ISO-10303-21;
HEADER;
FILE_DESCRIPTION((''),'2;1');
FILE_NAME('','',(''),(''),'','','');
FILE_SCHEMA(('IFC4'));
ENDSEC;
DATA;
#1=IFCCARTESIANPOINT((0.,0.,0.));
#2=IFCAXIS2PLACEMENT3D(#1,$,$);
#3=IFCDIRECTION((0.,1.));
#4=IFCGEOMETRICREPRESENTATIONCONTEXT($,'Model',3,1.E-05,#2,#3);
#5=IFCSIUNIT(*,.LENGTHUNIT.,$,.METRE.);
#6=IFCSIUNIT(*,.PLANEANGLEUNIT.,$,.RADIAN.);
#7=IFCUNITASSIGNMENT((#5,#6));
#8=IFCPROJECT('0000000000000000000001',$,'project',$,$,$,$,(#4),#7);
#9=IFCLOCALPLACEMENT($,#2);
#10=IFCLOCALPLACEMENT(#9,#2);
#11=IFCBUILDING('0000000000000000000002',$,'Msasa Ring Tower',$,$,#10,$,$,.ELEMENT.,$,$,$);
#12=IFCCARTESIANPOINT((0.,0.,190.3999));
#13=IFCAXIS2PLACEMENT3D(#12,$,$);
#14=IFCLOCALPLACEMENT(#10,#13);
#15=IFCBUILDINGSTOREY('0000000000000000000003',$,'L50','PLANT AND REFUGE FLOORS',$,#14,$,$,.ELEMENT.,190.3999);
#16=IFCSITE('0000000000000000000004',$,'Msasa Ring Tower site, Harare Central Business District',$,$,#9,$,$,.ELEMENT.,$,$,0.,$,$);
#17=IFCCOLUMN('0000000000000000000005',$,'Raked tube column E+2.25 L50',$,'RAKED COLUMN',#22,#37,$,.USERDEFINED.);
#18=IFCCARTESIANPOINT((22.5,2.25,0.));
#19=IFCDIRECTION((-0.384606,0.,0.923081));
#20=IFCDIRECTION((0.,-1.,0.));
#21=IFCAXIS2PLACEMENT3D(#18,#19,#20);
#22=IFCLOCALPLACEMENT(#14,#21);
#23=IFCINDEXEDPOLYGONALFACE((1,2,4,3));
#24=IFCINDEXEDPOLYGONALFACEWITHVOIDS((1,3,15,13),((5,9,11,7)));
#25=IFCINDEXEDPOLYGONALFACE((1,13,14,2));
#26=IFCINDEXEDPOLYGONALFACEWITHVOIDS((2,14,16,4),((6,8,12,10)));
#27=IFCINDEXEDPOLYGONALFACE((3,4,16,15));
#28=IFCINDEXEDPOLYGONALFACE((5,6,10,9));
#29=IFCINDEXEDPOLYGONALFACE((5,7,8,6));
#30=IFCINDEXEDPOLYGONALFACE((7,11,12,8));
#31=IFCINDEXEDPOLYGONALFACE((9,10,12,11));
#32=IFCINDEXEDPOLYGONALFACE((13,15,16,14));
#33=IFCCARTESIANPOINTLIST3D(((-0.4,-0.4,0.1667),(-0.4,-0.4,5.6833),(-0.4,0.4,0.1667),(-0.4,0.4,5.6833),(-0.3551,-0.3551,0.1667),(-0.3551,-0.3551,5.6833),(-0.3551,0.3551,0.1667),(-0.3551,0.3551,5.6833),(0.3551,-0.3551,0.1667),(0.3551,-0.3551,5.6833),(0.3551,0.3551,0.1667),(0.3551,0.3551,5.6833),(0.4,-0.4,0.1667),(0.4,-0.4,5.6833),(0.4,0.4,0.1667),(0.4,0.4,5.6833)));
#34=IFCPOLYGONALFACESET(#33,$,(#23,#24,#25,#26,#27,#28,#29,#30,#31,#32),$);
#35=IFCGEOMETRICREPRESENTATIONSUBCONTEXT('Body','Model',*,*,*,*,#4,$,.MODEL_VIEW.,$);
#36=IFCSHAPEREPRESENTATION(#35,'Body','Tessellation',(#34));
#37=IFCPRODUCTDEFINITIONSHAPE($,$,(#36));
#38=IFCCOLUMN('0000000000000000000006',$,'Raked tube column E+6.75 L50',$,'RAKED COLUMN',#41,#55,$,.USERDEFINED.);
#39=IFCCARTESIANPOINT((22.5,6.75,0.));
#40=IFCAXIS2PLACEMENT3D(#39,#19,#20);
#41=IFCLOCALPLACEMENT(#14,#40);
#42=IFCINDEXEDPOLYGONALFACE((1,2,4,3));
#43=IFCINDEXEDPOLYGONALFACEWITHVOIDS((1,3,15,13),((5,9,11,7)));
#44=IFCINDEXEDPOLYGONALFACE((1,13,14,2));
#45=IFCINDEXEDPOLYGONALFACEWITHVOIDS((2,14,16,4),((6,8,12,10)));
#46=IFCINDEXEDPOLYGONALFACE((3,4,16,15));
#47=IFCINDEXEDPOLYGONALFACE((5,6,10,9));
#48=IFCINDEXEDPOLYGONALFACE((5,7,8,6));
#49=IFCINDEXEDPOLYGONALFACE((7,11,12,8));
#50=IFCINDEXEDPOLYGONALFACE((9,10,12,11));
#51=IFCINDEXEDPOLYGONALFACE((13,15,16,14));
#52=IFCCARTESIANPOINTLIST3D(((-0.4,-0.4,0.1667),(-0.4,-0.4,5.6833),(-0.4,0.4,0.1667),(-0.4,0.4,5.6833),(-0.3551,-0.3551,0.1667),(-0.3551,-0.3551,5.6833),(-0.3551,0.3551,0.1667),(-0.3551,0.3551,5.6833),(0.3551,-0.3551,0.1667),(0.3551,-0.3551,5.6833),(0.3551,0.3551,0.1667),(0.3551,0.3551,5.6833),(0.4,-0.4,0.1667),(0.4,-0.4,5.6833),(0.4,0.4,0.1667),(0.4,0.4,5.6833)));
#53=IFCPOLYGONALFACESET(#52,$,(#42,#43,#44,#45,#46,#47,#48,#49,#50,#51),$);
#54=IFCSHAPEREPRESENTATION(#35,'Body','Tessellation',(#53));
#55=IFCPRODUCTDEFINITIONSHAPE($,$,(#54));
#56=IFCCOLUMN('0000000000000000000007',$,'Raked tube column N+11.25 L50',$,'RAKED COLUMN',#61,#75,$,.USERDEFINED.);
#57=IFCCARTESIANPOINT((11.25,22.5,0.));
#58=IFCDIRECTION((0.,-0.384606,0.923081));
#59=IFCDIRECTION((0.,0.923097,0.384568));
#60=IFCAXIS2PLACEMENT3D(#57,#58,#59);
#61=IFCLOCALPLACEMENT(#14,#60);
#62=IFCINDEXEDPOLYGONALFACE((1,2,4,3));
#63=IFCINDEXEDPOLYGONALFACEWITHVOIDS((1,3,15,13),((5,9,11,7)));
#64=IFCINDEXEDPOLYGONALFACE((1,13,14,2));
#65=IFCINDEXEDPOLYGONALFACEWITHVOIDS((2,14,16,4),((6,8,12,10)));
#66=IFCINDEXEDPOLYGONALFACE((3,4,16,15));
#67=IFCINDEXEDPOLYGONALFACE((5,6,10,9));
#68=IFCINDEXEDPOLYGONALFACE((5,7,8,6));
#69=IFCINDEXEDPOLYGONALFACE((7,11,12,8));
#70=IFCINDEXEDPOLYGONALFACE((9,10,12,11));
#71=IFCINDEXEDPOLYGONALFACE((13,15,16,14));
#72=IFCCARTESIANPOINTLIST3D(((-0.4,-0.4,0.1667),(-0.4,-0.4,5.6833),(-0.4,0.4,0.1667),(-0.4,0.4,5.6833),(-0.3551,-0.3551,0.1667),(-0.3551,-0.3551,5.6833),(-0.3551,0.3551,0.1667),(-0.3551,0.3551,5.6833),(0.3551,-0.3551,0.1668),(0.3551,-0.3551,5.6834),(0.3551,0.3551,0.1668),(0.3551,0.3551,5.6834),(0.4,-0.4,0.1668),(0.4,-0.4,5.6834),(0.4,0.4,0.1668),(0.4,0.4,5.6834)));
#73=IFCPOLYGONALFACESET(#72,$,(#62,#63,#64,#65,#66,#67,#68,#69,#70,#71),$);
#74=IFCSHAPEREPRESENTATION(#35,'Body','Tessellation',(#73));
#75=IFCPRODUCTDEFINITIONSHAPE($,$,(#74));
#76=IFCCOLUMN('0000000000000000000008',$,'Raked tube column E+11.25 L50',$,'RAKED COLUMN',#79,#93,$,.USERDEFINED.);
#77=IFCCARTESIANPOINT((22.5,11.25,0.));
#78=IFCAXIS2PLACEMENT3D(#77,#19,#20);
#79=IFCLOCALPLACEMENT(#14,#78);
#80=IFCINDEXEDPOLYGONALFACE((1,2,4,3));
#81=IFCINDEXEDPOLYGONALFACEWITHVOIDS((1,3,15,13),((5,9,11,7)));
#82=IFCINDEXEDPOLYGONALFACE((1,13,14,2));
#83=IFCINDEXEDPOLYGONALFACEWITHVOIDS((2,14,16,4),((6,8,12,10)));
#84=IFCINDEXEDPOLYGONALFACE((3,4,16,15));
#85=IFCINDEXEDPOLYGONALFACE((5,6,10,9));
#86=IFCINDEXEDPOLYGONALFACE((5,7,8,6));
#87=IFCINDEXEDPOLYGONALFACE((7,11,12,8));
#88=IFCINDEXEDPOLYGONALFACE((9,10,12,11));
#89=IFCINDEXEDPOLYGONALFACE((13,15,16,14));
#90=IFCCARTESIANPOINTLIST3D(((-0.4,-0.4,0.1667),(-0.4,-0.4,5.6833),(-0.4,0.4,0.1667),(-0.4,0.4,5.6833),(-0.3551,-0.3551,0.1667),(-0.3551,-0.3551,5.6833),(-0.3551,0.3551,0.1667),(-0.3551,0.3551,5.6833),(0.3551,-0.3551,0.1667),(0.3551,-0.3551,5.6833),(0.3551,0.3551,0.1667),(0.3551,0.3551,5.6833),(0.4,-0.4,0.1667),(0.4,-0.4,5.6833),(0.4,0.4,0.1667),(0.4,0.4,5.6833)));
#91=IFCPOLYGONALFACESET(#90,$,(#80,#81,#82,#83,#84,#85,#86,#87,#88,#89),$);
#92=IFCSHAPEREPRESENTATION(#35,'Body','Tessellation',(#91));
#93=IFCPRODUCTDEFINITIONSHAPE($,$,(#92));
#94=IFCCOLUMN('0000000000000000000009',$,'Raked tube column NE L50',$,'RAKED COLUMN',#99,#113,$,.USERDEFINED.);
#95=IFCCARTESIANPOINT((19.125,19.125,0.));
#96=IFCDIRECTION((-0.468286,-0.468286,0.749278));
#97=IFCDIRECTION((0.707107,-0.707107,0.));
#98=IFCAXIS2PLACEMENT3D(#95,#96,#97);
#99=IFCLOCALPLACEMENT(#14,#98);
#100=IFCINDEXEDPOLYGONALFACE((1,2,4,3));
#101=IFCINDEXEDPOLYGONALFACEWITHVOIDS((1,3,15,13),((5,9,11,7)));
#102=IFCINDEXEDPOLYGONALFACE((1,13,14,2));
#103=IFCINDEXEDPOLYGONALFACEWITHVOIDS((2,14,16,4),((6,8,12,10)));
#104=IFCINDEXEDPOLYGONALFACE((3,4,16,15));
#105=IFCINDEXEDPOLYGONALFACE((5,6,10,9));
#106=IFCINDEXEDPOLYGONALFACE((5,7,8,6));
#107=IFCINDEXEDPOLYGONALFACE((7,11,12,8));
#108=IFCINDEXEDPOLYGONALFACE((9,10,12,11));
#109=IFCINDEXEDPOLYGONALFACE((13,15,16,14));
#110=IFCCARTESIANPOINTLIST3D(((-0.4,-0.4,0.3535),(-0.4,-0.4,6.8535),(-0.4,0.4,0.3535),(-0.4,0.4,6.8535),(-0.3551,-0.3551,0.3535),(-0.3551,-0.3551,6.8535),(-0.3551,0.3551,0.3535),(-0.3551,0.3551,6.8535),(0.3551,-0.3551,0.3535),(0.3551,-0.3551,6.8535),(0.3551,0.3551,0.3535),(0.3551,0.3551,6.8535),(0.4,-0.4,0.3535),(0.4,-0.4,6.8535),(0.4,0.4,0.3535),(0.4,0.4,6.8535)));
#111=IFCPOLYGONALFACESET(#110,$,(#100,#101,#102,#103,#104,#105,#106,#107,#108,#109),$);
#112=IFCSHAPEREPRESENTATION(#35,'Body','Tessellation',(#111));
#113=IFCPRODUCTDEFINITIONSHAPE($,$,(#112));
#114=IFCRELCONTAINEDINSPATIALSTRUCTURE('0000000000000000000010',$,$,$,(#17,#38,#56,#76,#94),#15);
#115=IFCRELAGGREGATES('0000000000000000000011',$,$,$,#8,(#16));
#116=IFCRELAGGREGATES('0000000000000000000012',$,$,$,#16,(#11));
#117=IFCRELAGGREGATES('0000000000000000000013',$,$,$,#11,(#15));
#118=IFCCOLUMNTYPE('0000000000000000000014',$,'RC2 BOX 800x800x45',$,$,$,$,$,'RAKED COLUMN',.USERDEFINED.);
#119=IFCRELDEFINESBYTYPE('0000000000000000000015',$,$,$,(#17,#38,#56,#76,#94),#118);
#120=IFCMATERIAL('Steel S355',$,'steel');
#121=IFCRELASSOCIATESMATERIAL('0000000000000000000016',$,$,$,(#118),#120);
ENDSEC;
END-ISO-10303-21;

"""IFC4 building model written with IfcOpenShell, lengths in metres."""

from ifc_helpers import new_model, si_unit, direction, frame, origin, origin_2d, place, context, subcontext, project, spatial, hollow_rectangle, extrude, clip, halfspace, material, material_profile, profile_set, type_object, element, save


model = new_model("IFC4")

# Units and contexts
model_context = context("Model", 3, precision=1e-05, world=origin(), true_north=direction((0.0, 1.0)))
body_context = subcontext(model_context, "Body", "Model", "MODEL_VIEW")
ifc_project = project(units=[si_unit("LENGTHUNIT", "METRE"), si_unit("PLANEANGLEUNIT", "RADIAN")], contexts=[model_context])

# Site, building, storey
site_placement = place(None, origin())
site = spatial("IfcSite", under=ifc_project, at=site_placement, Name="Msasa Ring Tower site, Harare Central Business District", CompositionType="ELEMENT", RefElevation=0.0)
building_placement = place(site_placement, origin())
building = spatial("IfcBuilding", under=site, at=building_placement, Name="Msasa Ring Tower", CompositionType="ELEMENT")
storey_placement = place(building_placement, frame((0.0, 0.0, 190.3999)))
storey = spatial("IfcBuildingStorey", under=building, at=storey_placement, Name="L50", Description="PLANT AND REFUGE FLOORS", CompositionType="ELEMENT", Elevation=190.3999)

# Columns
ifc_material_1 = material(Name="Steel S355", Category="steel")
ifc_material_profile_1 = material_profile(ifc_material_1, hollow_rectangle(XDim=0.8, YDim=0.8, WallThickness=0.0449, at=origin_2d()), Name="BOX 800x800x45")
ifc_profile_set_1 = profile_set([ifc_material_profile_1], Name="Steel S355")
column_type = type_object("IfcColumnType", Name="RC2 BOX 800x800x45", ElementType="RAKED COLUMN", PredefinedType="USERDEFINED", material=ifc_profile_set_1)
for number, where, z_axis, x_axis, name in (
    (1, (22.5, 2.25, 0.0), (-0.384606, 0.0, 0.923081), (0.0, -1.0, 0.0), "Raked tube column E+2.25 L50"),
    (2, (22.5, 6.75, 0.0), (-0.384606, 0.0, 0.923081), (0.0, -1.0, 0.0), "Raked tube column E+6.75 L50"),
    (3, (11.25, 22.5, 0.0), (0.0, -0.384606, 0.923081), (0.0, 0.923097, 0.384568), "Raked tube column N+11.25 L50"),
    (4, (22.5, 11.25, 0.0), (-0.384606, 0.0, 0.923081), (0.0, -1.0, 0.0), "Raked tube column E+11.25 L50"),
):
    element("IfcColumn", number, at=place(storey_placement, frame(where, z_axis=z_axis, x_axis=x_axis)), inside=storey, type_object=column_type, Name=name, ObjectType="RAKED COLUMN", PredefinedType="USERDEFINED", context=body_context, shape_type="Clipping", body=[
        clip(clip(extrude(hollow_rectangle(XDim=0.8, YDim=0.8, WallThickness=0.0449, at=origin_2d()), origin(), (0.0, 0.0, 1.0), 5.8501), halfspace(frame((0.0, 0.0, 0.1667), z_axis=(0.0, 0.0, 1.0)), True)), halfspace(frame((0.0, 0.0, 5.6833), z_axis=(0.0, 0.0, -1.0)), True)),
    ])
column_placement = place(storey_placement, frame((19.125, 19.125, 0.0), z_axis=(-0.468286, -0.468286, 0.749278), x_axis=(0.707107, -0.707107, 0.0)))
element("IfcColumn", 5, at=column_placement, inside=storey, type_object=column_type, Name="Raked tube column NE L50", ObjectType="RAKED COLUMN", PredefinedType="USERDEFINED", context=body_context, shape_type="Clipping", body=[
    clip(clip(extrude(hollow_rectangle(XDim=0.8, YDim=0.8, WallThickness=0.0449, at=origin_2d()), origin(), (0.0, 0.0, 1.0), 7.207), halfspace(frame((0.0, 0.0, 0.3535), z_axis=(0.0, 0.0, 1.0)), True)), halfspace(frame((0.0, 0.0, 6.8535), z_axis=(0.0, 0.0, -1.0)), True)),
])

save(model, "model.ifc")
